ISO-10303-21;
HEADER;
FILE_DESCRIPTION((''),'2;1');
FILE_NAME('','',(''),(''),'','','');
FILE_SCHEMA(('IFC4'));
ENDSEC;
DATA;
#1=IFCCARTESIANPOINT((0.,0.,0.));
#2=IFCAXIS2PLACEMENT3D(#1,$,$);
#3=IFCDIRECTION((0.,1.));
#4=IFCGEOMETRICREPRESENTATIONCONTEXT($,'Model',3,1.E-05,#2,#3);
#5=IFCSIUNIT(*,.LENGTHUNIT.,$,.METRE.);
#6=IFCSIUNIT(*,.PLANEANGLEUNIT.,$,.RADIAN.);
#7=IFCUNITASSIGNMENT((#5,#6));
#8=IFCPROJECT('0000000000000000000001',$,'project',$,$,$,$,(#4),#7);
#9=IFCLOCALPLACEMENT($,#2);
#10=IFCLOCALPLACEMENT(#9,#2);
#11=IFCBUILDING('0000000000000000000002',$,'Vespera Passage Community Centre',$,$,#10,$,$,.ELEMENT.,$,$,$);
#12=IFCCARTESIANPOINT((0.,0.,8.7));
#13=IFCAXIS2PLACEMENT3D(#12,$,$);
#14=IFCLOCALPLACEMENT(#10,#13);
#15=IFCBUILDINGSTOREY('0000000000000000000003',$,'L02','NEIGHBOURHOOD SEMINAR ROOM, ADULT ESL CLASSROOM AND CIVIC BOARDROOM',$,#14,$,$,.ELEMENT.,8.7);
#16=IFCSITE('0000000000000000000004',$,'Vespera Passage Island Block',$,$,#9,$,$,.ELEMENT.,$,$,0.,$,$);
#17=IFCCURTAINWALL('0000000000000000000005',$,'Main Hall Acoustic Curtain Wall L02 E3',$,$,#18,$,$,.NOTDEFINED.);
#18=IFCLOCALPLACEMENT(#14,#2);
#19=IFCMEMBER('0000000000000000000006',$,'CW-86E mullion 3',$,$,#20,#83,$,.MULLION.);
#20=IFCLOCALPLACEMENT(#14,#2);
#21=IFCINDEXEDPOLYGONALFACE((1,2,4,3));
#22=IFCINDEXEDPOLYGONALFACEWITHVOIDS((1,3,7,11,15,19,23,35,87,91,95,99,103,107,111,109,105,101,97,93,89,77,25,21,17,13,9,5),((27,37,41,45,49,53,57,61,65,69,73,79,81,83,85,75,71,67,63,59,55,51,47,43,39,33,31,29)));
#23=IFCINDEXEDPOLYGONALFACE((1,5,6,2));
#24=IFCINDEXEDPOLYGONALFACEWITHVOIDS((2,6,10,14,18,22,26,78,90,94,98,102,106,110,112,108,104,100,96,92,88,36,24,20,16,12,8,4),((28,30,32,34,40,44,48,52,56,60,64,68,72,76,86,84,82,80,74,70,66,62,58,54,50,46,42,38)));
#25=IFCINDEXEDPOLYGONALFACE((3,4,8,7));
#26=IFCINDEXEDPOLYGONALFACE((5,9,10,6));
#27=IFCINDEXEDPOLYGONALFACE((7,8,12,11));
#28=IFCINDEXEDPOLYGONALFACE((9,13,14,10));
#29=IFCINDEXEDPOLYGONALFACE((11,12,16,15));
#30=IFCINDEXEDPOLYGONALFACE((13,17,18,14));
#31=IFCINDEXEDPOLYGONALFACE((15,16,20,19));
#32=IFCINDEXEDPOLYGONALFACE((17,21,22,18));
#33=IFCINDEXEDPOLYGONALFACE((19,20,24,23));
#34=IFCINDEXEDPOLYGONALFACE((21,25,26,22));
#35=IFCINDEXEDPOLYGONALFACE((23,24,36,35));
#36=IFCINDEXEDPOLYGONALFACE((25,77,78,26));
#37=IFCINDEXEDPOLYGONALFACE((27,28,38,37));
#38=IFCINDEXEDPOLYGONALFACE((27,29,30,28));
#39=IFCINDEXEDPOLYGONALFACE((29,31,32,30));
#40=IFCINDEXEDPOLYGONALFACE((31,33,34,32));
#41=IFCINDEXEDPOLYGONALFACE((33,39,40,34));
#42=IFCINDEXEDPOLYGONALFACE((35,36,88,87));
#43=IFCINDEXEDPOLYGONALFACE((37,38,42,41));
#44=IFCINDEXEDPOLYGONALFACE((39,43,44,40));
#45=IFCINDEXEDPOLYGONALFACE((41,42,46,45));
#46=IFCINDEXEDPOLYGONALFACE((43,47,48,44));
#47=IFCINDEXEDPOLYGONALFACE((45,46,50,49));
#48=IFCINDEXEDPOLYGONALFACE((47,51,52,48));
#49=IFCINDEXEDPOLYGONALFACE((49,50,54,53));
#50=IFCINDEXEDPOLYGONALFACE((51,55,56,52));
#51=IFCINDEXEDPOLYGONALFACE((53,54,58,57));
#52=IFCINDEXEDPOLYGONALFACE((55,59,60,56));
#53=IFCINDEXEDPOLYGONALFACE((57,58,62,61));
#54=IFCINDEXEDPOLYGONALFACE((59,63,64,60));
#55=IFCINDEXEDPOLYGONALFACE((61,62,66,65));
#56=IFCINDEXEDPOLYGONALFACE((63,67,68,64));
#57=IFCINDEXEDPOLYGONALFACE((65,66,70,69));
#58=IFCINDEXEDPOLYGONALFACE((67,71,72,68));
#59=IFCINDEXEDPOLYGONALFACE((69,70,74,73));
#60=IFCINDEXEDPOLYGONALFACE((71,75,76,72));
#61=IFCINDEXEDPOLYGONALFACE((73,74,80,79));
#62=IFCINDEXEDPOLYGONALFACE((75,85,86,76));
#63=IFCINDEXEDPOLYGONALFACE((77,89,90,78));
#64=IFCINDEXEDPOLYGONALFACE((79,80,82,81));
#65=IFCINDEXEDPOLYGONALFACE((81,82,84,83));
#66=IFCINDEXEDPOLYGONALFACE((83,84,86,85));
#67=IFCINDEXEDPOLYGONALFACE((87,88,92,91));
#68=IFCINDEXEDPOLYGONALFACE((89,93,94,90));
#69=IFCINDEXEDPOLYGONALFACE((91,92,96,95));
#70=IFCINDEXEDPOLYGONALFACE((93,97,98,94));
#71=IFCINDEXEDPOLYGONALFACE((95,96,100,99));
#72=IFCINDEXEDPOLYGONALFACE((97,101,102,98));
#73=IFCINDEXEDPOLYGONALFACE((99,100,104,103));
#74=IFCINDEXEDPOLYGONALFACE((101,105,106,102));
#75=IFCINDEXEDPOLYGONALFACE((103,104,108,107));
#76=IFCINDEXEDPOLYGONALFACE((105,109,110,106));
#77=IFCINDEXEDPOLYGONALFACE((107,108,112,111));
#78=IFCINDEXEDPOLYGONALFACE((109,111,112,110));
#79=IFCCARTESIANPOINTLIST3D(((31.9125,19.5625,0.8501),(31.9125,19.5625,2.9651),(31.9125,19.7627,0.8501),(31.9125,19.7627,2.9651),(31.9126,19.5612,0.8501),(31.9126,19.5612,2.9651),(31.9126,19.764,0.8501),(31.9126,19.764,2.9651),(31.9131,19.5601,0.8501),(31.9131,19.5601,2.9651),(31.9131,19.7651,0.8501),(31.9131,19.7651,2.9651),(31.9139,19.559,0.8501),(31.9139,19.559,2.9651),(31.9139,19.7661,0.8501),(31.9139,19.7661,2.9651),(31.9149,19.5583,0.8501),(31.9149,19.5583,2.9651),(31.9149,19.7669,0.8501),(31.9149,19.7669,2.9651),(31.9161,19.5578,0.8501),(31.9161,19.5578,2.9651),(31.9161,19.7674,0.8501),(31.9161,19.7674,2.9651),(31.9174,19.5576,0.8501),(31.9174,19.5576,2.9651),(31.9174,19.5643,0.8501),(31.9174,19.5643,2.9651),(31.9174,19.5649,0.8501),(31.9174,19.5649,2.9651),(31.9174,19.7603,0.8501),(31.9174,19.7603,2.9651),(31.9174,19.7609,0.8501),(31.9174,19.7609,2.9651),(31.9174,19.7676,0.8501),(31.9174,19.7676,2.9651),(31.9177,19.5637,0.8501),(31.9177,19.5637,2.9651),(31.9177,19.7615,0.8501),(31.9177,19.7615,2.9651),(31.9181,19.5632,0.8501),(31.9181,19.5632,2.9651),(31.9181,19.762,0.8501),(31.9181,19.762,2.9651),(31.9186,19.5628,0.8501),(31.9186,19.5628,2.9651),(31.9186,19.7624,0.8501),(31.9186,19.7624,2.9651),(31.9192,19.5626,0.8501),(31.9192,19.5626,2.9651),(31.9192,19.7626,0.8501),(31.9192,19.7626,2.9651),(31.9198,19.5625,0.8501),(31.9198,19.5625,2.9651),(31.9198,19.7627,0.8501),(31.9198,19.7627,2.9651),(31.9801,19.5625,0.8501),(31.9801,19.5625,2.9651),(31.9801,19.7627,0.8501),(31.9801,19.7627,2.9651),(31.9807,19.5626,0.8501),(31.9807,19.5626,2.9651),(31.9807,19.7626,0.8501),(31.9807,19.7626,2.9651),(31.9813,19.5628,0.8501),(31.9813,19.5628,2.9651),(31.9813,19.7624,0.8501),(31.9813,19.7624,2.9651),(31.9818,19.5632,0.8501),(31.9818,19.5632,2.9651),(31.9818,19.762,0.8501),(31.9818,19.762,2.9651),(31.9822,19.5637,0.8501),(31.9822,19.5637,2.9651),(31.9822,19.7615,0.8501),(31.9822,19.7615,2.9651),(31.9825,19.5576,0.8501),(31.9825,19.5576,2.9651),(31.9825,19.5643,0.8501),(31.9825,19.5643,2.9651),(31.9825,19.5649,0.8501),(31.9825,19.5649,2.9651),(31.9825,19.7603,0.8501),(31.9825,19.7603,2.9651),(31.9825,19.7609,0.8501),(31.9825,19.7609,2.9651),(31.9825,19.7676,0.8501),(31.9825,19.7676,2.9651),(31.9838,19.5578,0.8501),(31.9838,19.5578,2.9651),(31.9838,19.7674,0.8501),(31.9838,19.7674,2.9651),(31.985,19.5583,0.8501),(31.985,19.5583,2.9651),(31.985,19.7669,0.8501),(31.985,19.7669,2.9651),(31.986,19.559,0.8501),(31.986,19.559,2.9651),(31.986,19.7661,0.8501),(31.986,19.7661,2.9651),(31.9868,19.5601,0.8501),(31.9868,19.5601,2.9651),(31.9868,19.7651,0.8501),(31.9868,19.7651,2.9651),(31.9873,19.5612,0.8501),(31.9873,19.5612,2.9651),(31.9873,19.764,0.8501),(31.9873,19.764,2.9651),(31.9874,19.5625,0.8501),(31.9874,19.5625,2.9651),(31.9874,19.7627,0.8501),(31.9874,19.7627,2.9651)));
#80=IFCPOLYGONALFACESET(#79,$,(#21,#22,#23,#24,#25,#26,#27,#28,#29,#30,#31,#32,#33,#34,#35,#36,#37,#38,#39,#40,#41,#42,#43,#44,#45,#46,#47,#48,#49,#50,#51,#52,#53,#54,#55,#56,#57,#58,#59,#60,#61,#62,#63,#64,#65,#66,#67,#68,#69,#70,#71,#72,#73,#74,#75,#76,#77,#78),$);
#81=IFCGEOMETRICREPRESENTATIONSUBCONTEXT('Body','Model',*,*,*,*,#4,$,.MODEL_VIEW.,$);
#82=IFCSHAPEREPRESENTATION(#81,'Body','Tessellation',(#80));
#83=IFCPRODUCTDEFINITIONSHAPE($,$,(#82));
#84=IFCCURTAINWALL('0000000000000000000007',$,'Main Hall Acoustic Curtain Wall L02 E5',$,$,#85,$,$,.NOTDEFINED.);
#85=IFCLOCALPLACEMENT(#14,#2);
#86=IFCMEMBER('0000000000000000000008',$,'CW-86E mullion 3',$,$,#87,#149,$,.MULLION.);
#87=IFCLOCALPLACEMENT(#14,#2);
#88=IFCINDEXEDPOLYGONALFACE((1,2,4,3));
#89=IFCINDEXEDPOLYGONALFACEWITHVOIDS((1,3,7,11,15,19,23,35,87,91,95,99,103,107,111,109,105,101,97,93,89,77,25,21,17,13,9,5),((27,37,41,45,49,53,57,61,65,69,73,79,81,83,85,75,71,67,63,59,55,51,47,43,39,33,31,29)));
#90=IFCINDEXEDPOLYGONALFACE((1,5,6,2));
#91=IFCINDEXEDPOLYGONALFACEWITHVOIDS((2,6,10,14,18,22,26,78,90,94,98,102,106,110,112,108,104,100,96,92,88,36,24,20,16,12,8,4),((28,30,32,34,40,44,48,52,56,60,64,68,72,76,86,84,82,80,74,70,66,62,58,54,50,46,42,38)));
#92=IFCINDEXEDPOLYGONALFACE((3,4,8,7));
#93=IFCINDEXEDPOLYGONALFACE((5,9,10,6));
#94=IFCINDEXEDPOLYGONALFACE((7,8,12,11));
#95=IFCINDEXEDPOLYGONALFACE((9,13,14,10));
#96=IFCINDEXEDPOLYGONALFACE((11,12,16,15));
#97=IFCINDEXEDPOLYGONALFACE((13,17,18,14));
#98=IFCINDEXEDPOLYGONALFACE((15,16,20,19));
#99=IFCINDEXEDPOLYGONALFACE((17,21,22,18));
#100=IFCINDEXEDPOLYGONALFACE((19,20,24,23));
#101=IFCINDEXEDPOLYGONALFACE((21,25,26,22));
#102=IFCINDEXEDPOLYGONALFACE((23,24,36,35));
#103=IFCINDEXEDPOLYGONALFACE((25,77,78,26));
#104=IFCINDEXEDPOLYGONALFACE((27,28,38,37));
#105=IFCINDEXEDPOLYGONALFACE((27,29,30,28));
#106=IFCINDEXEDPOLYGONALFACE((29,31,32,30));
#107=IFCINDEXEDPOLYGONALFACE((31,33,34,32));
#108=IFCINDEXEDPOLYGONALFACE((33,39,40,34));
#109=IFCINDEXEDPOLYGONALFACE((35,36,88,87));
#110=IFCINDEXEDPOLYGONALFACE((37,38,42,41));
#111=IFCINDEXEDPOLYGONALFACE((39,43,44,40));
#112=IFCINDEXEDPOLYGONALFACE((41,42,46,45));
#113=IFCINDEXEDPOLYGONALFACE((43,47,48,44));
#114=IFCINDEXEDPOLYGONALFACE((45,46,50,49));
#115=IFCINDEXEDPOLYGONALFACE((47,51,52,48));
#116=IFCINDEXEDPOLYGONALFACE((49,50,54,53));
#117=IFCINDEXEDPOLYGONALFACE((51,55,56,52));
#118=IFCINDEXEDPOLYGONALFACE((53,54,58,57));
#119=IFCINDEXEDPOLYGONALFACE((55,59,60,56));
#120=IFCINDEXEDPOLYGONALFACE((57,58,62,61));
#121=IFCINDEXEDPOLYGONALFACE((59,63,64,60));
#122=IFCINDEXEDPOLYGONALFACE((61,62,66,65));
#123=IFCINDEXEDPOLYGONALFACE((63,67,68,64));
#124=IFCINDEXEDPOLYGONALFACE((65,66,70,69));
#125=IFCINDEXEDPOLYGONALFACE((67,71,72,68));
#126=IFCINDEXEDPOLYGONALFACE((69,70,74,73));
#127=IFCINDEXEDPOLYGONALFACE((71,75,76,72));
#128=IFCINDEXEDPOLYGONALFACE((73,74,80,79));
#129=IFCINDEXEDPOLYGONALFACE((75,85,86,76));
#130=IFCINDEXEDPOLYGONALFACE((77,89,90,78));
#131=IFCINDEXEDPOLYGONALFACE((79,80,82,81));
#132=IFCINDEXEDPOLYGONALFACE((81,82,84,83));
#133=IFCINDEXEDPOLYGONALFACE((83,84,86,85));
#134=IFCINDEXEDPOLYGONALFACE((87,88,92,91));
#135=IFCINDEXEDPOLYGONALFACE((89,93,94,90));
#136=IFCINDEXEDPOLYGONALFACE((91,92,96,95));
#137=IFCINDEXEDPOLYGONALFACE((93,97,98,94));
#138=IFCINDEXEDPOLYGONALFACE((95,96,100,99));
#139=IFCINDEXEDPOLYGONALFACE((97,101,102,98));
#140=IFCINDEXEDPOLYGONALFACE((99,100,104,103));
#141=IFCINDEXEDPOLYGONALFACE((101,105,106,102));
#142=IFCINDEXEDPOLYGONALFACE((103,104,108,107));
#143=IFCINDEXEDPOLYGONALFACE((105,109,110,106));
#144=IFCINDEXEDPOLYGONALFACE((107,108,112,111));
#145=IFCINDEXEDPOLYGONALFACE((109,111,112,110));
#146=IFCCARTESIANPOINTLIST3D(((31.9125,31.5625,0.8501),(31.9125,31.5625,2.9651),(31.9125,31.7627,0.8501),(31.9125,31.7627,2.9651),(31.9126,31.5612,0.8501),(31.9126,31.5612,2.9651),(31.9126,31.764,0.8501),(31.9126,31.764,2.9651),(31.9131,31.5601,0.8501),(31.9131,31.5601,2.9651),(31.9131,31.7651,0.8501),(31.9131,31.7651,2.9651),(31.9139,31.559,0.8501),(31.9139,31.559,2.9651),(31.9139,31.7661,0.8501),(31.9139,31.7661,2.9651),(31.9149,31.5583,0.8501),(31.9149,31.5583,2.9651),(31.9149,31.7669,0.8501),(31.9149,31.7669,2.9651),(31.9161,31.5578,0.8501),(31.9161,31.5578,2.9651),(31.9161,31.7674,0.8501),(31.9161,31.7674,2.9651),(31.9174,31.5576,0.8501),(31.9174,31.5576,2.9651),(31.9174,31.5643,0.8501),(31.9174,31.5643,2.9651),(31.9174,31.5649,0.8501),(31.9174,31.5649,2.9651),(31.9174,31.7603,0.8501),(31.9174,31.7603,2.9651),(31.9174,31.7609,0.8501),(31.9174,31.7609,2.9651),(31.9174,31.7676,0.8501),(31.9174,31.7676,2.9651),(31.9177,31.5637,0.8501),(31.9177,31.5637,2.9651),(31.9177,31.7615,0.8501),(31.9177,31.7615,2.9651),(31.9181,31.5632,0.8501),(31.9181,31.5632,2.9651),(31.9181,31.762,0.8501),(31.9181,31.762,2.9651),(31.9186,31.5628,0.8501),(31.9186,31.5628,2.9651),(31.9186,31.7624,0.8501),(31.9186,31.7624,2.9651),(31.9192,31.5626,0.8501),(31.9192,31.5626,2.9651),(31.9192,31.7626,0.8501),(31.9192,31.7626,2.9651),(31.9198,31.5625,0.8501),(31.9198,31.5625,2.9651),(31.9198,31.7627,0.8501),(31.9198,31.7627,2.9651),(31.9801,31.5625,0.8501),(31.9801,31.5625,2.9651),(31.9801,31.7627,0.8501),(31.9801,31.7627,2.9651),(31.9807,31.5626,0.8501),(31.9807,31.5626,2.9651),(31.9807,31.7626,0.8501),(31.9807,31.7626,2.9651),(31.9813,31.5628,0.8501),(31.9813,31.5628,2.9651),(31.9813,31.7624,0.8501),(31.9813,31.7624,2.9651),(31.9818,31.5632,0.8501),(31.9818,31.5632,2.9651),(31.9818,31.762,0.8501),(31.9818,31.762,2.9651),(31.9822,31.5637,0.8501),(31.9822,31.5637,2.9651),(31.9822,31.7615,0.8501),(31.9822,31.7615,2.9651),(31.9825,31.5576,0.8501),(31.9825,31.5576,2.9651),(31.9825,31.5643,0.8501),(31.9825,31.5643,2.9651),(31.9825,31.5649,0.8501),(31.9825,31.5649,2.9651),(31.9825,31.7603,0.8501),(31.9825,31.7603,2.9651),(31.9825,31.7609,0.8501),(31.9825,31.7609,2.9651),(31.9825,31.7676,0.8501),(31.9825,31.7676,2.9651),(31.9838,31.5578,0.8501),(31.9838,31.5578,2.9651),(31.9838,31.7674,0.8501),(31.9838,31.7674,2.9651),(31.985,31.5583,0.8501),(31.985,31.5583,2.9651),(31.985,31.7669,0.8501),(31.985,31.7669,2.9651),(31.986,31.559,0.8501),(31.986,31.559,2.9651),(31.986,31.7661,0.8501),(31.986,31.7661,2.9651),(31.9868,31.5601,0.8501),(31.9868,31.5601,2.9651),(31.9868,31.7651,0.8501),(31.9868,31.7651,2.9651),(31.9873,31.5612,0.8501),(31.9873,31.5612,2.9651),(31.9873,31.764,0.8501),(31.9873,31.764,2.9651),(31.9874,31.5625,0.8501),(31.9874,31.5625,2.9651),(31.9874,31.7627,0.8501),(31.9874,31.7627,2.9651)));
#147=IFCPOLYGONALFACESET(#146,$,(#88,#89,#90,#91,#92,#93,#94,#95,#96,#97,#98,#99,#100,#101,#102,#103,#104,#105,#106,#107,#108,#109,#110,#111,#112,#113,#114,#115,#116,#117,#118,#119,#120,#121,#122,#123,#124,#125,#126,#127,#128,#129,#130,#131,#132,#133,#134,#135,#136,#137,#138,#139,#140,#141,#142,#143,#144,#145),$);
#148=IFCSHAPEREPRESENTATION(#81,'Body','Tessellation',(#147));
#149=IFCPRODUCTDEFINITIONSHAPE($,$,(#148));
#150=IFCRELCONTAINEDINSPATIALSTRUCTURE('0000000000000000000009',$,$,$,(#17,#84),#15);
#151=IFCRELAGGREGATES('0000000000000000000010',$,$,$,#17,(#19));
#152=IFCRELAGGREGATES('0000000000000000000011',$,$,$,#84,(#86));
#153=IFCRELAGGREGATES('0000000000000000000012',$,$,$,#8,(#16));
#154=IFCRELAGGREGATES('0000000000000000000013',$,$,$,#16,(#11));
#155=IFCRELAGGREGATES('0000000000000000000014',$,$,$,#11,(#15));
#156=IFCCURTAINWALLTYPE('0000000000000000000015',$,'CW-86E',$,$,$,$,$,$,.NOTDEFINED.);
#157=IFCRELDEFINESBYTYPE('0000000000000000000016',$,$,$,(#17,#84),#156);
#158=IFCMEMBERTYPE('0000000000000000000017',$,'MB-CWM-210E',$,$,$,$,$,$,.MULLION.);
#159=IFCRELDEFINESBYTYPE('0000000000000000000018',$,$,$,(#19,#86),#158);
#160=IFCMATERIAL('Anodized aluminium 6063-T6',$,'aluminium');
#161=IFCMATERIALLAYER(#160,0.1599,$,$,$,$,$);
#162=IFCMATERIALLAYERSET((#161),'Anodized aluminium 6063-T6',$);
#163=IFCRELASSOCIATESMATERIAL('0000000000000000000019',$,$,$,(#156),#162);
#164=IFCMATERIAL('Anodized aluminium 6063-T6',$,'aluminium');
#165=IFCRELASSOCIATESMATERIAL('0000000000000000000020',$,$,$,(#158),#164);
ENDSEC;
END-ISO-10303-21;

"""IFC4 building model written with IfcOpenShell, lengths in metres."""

from ifc_helpers import new_model, si_unit, direction, frame, origin, origin_2d, place, context, subcontext, project, spatial, hollow_rectangle, extrude, material, layer, layer_set, material_profile, profile_set, type_object, element, aggregate, save


model = new_model("IFC4")

# Units and contexts
model_context = context("Model", 3, precision=1e-05, world=origin(), true_north=direction((0.0, 1.0)))
body_context = subcontext(model_context, "Body", "Model", "MODEL_VIEW")
ifc_project = project(units=[si_unit("LENGTHUNIT", "METRE"), si_unit("PLANEANGLEUNIT", "RADIAN")], contexts=[model_context])

# Site, building, storey
site_placement = place(None, origin())
site = spatial("IfcSite", under=ifc_project, at=site_placement, Name="Vespera Passage Island Block", CompositionType="ELEMENT", RefElevation=0.0)
building_placement = place(site_placement, origin())
building = spatial("IfcBuilding", under=site, at=building_placement, Name="Vespera Passage Community Centre", CompositionType="ELEMENT")
storey_placement = place(building_placement, frame((0.0, 0.0, 8.7)))
storey = spatial("IfcBuildingStorey", under=building, at=storey_placement, Name="L02", Description="NEIGHBOURHOOD SEMINAR ROOM, ADULT ESL CLASSROOM AND CIVIC BOARDROOM", CompositionType="ELEMENT", Elevation=8.7)

# Shared definitions
ifc_material_1 = material(Name="Anodized aluminium 6063-T6", Category="aluminium")
ifc_layer_1 = layer(ifc_material_1, 0.1599)
ifc_layer_set_1 = layer_set([ifc_layer_1], Name="Anodized aluminium 6063-T6")
curtain_wall_type = type_object("IfcCurtainWallType", Name="CW-86E", PredefinedType="NOTDEFINED", material=ifc_layer_set_1)
ifc_material_2 = material(Name="Anodized aluminium 6063-T6", Category="aluminium")
ifc_material_profile_1 = material_profile(ifc_material_2, hollow_rectangle(XDim=0.075, YDim=0.21, WallThickness=0.0049, InnerFilletRadius=0.0024, OuterFilletRadius=0.0049, at=origin_2d()), Name="ALU210X75X5")
ifc_profile_set_1 = profile_set([ifc_material_profile_1], Name="Anodized aluminium 6063-T6")
member_type_1 = type_object("IfcMemberType", Name="MB-CWM-210E", PredefinedType="MULLION", material=ifc_profile_set_1)

# Curtain wall, member
curtain_wall_1_placement = place(storey_placement, origin())
curtain_wall_1 = element("IfcCurtainWall", 1, at=curtain_wall_1_placement, inside=storey, type_object=curtain_wall_type, Name="Main Hall Acoustic Curtain Wall L02 E3", PredefinedType="NOTDEFINED")
member_1_placement = place(storey_placement, frame((31.95, 19.6626, 0.8501), z_axis=(0.0, 0.0, 1.0), x_axis=(1.0, 0.0, 0.0)))
member_1 = element("IfcMember", 2, at=member_1_placement, type_object=member_type_1, Name="CW-86E mullion 3", PredefinedType="MULLION", context=body_context, shape_type="SweptSolid", body=[
    extrude(hollow_rectangle(XDim=0.075, YDim=0.21, WallThickness=0.0049, InnerFilletRadius=0.0024, OuterFilletRadius=0.0049, at=origin_2d()), origin(), (0.0, 0.0, 1.0), 2.115),
])

# Curtain wall, member
curtain_wall_2_placement = place(storey_placement, origin())
curtain_wall_2 = element("IfcCurtainWall", 3, at=curtain_wall_2_placement, inside=storey, type_object=curtain_wall_type, Name="Main Hall Acoustic Curtain Wall L02 E5", PredefinedType="NOTDEFINED")
member_2_placement = place(storey_placement, frame((31.95, 31.6626, 0.8501), z_axis=(0.0, 0.0, 1.0), x_axis=(1.0, 0.0, 0.0)))
member_2 = element("IfcMember", 4, at=member_2_placement, type_object=member_type_1, Name="CW-86E mullion 3", PredefinedType="MULLION", context=body_context, shape_type="SweptSolid", body=[
    extrude(hollow_rectangle(XDim=0.075, YDim=0.21, WallThickness=0.0049, InnerFilletRadius=0.0024, OuterFilletRadius=0.0049, at=origin_2d()), origin(), (0.0, 0.0, 1.0), 2.115),
])

aggregate(curtain_wall_1, [member_1])

aggregate(curtain_wall_2, [member_2])

save(model, "model.ifc")
